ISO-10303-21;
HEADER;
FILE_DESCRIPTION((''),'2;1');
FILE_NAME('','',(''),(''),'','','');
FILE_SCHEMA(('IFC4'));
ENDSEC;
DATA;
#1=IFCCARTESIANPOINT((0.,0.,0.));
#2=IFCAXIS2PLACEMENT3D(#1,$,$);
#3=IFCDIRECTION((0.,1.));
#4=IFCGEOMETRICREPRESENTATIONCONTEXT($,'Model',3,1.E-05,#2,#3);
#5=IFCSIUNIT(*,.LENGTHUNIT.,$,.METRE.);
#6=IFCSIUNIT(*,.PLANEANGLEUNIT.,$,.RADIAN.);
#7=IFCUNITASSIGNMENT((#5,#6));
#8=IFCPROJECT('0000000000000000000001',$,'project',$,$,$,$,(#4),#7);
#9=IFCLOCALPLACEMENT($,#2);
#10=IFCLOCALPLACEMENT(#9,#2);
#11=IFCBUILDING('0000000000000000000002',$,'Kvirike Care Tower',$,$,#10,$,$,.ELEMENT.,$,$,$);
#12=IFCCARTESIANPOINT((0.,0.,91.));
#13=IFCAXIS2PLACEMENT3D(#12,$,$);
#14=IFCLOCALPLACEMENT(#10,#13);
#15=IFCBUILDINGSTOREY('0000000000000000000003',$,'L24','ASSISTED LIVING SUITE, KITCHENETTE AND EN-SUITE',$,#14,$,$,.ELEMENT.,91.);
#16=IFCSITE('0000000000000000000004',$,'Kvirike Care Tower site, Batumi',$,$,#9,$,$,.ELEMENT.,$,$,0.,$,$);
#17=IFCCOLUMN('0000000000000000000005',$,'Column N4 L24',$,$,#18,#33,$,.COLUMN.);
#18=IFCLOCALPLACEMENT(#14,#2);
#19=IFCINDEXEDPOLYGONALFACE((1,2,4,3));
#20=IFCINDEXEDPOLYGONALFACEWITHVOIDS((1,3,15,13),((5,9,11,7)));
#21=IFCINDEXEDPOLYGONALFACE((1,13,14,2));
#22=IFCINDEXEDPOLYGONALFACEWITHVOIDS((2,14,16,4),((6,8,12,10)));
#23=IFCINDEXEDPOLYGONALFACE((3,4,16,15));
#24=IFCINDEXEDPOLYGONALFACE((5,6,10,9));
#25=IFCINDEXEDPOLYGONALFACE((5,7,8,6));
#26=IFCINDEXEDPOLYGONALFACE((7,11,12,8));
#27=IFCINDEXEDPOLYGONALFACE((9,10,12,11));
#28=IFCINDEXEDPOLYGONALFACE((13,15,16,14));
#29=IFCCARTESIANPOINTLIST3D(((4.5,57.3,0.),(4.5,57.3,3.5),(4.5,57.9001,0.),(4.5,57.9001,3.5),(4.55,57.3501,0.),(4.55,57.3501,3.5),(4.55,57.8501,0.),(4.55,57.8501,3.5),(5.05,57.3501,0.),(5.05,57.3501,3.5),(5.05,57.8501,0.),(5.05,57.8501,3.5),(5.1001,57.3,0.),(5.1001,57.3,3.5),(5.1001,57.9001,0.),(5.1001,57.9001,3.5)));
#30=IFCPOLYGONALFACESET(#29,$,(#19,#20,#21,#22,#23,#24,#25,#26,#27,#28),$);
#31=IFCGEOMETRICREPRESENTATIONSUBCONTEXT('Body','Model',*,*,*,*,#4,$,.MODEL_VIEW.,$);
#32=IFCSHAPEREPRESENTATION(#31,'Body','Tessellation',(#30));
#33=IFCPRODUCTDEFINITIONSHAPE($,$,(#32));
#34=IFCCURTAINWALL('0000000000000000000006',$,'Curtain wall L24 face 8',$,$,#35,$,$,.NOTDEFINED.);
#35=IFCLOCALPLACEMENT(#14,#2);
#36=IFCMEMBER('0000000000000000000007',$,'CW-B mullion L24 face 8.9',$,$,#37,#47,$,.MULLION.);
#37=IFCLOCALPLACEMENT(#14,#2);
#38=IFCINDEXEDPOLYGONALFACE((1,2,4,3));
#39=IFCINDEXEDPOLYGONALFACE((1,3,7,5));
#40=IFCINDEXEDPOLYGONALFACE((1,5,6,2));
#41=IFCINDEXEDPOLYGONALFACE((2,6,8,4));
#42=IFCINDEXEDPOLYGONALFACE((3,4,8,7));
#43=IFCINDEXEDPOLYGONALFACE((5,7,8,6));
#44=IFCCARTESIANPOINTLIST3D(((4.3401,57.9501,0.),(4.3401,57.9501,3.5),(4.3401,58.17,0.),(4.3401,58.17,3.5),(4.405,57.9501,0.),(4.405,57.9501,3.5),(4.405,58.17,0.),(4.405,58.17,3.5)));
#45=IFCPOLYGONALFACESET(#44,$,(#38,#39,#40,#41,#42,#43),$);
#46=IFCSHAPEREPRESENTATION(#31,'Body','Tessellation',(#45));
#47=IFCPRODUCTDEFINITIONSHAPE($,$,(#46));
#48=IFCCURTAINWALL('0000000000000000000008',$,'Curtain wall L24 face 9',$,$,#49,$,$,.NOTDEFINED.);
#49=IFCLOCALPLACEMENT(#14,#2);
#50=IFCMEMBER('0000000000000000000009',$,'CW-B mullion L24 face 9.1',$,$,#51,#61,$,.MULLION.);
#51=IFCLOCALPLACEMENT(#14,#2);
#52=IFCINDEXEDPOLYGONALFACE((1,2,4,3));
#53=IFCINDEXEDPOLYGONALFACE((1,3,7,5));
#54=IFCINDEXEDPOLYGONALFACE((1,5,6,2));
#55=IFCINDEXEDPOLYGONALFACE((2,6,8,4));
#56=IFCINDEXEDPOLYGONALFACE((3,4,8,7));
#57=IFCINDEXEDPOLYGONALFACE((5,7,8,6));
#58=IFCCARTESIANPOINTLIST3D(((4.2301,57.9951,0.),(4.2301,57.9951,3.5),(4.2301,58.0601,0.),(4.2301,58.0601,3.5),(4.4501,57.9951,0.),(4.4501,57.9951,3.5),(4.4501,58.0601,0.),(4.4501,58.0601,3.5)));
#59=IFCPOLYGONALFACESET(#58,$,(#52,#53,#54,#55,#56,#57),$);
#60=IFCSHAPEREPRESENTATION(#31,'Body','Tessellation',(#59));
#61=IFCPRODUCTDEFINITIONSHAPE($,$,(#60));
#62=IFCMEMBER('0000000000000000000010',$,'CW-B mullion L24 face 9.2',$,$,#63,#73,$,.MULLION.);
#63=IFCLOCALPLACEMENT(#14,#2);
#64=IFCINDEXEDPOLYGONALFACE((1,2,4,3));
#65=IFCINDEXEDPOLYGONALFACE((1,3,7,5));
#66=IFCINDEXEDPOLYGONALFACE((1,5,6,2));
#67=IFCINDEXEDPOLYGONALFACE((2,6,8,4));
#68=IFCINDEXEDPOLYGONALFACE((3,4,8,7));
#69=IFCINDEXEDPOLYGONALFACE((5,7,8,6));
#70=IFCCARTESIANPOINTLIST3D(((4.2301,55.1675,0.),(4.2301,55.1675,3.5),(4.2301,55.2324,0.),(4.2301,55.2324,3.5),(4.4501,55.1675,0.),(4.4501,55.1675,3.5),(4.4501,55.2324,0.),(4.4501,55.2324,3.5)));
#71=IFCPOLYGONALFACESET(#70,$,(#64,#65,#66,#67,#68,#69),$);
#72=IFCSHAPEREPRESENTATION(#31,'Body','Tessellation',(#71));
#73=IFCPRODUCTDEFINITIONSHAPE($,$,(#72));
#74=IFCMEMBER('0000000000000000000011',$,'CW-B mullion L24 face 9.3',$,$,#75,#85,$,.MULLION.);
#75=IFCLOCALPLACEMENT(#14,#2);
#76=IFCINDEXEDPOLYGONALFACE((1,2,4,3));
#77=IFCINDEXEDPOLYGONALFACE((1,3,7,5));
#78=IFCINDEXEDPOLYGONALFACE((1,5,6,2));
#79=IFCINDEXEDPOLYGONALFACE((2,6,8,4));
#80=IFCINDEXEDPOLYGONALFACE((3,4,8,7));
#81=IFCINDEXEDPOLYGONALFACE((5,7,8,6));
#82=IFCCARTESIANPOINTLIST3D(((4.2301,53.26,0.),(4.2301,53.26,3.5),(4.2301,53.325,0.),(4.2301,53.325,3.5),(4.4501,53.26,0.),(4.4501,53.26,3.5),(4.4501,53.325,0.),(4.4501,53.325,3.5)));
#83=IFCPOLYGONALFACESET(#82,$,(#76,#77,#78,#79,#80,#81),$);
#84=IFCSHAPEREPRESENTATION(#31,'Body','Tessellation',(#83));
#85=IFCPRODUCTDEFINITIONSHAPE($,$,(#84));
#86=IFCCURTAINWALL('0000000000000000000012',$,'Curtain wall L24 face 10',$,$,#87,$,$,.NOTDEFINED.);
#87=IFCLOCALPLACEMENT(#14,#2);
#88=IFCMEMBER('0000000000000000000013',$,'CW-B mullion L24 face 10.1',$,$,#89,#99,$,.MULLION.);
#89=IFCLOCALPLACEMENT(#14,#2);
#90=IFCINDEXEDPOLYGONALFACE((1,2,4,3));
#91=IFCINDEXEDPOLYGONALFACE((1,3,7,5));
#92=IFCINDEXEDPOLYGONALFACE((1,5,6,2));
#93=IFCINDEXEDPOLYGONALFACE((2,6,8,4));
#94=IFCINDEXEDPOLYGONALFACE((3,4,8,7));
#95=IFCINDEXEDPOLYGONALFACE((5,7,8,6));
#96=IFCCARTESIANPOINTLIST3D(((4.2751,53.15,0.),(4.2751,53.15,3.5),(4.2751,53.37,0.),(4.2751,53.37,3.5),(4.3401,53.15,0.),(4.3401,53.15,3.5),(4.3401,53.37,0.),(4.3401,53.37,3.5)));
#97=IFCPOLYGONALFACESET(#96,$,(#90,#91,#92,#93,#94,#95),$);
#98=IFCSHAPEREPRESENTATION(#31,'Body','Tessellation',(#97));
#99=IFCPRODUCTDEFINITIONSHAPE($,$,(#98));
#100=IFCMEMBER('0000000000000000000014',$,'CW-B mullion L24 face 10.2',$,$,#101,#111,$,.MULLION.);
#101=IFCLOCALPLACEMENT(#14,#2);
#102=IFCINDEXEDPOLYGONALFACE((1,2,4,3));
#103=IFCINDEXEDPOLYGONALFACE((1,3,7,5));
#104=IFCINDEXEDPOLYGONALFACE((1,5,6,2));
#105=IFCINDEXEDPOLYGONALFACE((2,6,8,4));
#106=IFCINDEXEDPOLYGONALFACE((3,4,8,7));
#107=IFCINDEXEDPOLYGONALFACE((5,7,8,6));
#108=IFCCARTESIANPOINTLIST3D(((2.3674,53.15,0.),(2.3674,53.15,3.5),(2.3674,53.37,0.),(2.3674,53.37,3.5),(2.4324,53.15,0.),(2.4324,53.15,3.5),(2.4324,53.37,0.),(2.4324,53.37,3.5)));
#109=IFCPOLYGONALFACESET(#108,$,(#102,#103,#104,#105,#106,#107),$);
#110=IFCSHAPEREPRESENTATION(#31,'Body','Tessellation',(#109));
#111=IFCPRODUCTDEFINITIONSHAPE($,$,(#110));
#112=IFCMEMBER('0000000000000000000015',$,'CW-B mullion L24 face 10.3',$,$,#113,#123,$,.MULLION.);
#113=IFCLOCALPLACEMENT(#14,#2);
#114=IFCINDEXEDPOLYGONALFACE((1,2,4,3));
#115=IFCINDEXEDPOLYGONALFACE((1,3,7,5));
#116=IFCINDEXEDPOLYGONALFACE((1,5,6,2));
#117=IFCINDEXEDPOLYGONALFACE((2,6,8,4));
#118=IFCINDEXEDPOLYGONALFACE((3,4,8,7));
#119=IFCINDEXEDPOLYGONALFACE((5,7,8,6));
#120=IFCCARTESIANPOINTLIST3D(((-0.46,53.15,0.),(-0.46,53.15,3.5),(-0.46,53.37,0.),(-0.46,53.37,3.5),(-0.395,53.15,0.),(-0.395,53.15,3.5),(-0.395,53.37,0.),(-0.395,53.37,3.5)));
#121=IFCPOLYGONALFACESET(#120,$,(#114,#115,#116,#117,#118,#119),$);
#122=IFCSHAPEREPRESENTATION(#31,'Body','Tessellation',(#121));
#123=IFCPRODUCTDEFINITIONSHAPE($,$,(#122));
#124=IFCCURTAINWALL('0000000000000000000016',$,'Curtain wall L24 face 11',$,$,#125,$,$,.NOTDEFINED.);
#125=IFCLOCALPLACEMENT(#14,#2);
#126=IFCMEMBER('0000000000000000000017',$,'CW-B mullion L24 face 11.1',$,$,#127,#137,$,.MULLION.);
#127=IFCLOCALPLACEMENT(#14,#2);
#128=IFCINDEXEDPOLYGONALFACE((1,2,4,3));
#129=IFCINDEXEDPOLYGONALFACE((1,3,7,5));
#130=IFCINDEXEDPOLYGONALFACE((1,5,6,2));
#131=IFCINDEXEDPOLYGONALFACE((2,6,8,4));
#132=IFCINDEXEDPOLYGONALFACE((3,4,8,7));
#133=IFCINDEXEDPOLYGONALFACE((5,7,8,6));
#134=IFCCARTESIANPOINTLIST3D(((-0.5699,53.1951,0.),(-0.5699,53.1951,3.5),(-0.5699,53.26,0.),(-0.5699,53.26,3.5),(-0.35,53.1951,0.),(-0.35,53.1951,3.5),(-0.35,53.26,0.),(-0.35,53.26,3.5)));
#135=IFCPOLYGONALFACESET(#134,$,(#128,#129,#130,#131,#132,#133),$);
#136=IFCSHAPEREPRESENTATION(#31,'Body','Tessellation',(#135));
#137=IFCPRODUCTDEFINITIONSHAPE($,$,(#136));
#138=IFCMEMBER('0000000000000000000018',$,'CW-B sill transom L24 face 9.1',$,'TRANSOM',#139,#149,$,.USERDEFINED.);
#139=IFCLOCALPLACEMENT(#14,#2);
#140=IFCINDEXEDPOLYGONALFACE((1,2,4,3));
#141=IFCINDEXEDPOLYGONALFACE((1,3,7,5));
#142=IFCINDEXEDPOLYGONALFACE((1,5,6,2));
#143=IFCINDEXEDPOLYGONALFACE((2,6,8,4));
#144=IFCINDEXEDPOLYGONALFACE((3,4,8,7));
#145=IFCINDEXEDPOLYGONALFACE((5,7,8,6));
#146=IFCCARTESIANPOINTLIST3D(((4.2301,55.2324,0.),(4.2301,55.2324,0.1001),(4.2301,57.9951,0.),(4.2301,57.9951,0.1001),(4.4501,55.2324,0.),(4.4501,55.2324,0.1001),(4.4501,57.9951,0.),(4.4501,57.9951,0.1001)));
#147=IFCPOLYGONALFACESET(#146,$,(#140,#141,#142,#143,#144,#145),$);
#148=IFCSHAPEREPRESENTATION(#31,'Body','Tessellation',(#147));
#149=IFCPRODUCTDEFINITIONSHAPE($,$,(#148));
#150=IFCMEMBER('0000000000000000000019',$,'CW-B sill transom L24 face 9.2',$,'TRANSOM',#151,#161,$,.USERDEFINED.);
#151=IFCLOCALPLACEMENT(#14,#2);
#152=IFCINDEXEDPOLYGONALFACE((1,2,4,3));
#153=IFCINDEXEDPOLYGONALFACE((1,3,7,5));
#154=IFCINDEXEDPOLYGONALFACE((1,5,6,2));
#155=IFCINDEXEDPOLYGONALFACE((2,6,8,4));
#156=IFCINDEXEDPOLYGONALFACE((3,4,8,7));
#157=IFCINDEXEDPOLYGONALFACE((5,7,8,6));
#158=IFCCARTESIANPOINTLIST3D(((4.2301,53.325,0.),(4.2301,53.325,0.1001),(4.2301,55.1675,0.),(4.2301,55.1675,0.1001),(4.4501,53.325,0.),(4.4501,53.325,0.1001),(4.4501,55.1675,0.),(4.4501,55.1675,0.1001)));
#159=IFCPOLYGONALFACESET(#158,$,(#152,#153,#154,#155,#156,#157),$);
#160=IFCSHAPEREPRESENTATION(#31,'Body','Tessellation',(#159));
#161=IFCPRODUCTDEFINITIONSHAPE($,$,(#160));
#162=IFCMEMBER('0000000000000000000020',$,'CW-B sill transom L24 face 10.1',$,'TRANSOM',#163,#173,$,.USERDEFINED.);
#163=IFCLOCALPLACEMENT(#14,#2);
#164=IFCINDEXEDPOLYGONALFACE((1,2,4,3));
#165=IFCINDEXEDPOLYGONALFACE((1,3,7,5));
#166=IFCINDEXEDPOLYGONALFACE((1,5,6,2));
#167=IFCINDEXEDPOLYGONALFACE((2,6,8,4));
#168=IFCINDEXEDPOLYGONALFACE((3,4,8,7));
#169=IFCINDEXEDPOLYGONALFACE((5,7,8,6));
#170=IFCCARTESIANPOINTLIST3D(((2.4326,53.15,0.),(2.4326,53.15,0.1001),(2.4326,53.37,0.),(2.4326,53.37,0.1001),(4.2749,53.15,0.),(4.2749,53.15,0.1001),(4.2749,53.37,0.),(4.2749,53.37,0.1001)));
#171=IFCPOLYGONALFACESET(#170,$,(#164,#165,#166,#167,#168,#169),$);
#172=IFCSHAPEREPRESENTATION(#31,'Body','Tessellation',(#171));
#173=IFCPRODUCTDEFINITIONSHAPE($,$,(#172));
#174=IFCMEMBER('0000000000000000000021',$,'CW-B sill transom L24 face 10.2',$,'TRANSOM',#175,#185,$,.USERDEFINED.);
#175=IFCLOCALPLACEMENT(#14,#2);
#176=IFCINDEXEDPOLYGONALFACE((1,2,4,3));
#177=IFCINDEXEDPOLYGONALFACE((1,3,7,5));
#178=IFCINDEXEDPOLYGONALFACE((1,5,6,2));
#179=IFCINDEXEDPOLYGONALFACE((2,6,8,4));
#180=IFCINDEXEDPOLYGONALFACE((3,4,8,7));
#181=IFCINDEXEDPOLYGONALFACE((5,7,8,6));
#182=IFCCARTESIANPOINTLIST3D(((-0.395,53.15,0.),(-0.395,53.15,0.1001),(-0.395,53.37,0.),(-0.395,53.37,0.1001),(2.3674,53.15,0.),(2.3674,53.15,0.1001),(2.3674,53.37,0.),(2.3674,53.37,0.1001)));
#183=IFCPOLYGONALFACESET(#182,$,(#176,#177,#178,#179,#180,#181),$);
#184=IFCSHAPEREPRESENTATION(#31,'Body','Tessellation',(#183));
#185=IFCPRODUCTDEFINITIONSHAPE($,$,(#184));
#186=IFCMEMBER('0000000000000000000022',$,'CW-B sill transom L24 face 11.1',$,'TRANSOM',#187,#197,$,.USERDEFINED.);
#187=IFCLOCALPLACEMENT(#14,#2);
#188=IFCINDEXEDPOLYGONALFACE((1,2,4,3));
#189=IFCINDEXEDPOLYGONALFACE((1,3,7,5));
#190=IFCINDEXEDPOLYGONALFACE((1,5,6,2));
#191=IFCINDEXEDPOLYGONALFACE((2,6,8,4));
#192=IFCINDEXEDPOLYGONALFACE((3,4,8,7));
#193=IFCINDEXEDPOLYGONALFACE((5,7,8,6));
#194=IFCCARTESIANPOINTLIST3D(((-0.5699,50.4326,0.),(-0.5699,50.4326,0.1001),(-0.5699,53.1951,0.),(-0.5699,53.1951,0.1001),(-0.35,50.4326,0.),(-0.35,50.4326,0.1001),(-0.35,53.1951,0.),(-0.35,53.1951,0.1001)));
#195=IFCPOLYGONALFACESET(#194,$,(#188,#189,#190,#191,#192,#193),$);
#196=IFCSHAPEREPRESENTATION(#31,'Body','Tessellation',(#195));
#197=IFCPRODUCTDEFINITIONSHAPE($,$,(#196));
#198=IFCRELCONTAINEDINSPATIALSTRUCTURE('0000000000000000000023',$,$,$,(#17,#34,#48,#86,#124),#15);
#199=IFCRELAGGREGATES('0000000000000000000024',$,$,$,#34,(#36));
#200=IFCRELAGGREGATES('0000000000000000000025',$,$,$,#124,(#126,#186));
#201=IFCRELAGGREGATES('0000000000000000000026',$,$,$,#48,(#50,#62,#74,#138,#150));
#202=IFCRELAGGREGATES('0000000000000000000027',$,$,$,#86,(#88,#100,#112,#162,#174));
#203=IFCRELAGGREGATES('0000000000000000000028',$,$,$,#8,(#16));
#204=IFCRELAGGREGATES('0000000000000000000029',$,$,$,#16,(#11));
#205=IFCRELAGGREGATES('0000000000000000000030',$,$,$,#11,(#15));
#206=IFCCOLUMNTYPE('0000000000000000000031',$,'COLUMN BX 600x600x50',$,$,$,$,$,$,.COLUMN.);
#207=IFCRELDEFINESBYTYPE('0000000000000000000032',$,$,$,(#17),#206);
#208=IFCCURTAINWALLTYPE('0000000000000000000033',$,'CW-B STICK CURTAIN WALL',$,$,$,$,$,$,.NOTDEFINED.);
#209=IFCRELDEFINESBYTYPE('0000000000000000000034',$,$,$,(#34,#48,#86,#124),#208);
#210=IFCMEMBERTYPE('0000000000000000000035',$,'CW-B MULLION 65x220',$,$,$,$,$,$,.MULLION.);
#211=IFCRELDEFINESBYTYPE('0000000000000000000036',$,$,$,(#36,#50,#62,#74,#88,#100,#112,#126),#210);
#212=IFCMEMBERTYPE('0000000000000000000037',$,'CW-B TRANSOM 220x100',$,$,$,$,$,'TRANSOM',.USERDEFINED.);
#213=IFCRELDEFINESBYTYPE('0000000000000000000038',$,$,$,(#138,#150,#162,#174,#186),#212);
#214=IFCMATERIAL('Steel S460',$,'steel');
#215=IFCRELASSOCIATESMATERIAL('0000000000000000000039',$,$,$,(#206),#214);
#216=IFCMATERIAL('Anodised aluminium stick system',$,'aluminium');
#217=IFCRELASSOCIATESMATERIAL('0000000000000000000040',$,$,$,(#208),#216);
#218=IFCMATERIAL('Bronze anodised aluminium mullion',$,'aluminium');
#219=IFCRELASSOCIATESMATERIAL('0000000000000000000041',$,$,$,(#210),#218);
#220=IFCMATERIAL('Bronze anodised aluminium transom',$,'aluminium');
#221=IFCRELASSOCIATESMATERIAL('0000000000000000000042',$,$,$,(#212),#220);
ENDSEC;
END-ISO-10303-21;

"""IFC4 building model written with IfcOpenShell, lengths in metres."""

from ifc_helpers import new_model, si_unit, direction, frame, origin, origin_2d, place, context, subcontext, project, spatial, rectangle, hollow_rectangle, extrude, material, material_profile, profile_set, type_object, element, aggregate, save


model = new_model("IFC4")

# Units and contexts
model_context = context("Model", 3, precision=1e-05, world=origin(), true_north=direction((0.0, 1.0)))
body_context = subcontext(model_context, "Body", "Model", "MODEL_VIEW")
ifc_project = project(units=[si_unit("LENGTHUNIT", "METRE"), si_unit("PLANEANGLEUNIT", "RADIAN")], contexts=[model_context])

# Site, building, storey
site_placement = place(None, origin())
site = spatial("IfcSite", under=ifc_project, at=site_placement, Name="Kvirike Care Tower site, Batumi", CompositionType="ELEMENT", RefElevation=0.0)
building_placement = place(site_placement, origin())
building = spatial("IfcBuilding", under=site, at=building_placement, Name="Kvirike Care Tower", CompositionType="ELEMENT")
storey_placement = place(building_placement, frame((0.0, 0.0, 91.0)))
storey = spatial("IfcBuildingStorey", under=building, at=storey_placement, Name="L24", Description="ASSISTED LIVING SUITE, KITCHENETTE AND EN-SUITE", CompositionType="ELEMENT", Elevation=91.0)

# Column
ifc_material_1 = material(Name="Steel S460", Category="steel")
ifc_material_profile_1 = material_profile(ifc_material_1, hollow_rectangle(XDim=0.6001, YDim=0.6001, WallThickness=0.05, at=origin_2d()), Name="BX 600x600x50")
ifc_profile_set_1 = profile_set([ifc_material_profile_1], Name="Steel S460")
column_type = type_object("IfcColumnType", Name="COLUMN BX 600x600x50", PredefinedType="COLUMN", material=ifc_profile_set_1)
column_placement = place(storey_placement, frame((4.8, 57.6001, 0.0), z_axis=(0.0, 0.0, 1.0), x_axis=(0.0, 1.0, 0.0)))
element("IfcColumn", 1, at=column_placement, inside=storey, type_object=column_type, Name="Column N4 L24", PredefinedType="COLUMN", context=body_context, shape_type="SweptSolid", body=[
    extrude(hollow_rectangle(XDim=0.6001, YDim=0.6001, WallThickness=0.05, at=origin_2d()), origin(), (0.0, 0.0, 1.0), 3.5),
])

# Curtain wall, member
ifc_material_2 = material(Name="Anodised aluminium stick system", Category="aluminium")
curtain_wall_type = type_object("IfcCurtainWallType", Name="CW-B STICK CURTAIN WALL", PredefinedType="NOTDEFINED", material=ifc_material_2)
curtain_wall_1_placement = place(storey_placement, origin())
curtain_wall_1 = element("IfcCurtainWall", 2, at=curtain_wall_1_placement, inside=storey, type_object=curtain_wall_type, Name="Curtain wall L24 face 8", PredefinedType="NOTDEFINED")
ifc_material_3 = material(Name="Bronze anodised aluminium mullion", Category="aluminium")
ifc_material_profile_2 = material_profile(ifc_material_3, rectangle(XDim=0.0649, YDim=0.22, at=origin_2d()), Name="CW-B MULLION 65x220")
ifc_profile_set_2 = profile_set([ifc_material_profile_2], Name="Bronze anodised aluminium mullion")
member_type_1 = type_object("IfcMemberType", Name="CW-B MULLION 65x220", PredefinedType="MULLION", material=ifc_profile_set_2)
member_1_placement = place(storey_placement, frame((4.3726, 58.0601, 0.0), z_axis=(0.0, 0.0, 1.0), x_axis=(-1.0, 0.0, 0.0)))
member_1 = element("IfcMember", 3, at=member_1_placement, type_object=member_type_1, Name="CW-B mullion L24 face 8.9", PredefinedType="MULLION", context=body_context, shape_type="SweptSolid", body=[
    extrude(rectangle(XDim=0.0649, YDim=0.22, at=origin_2d()), origin(), (0.0, 0.0, 1.0), 3.5),
])
aggregate(curtain_wall_1, [member_1])

# Curtain walls, members
curtain_wall_2_placement = place(storey_placement, origin())
curtain_wall_2 = element("IfcCurtainWall", 4, at=curtain_wall_2_placement, inside=storey, type_object=curtain_wall_type, Name="Curtain wall L24 face 9", PredefinedType="NOTDEFINED")
member_2_placement = place(storey_placement, frame((4.3401, 58.0276, 0.0), z_axis=(0.0, 0.0, 1.0), x_axis=(0.0, -1.0, 0.0)))
member_2 = element("IfcMember", 5, at=member_2_placement, type_object=member_type_1, Name="CW-B mullion L24 face 9.1", PredefinedType="MULLION", context=body_context, shape_type="SweptSolid", body=[
    extrude(rectangle(XDim=0.0649, YDim=0.22, at=origin_2d()), origin(), (0.0, 0.0, 1.0), 3.5),
])
member_3_placement = place(storey_placement, frame((4.3401, 55.2, 0.0), z_axis=(0.0, 0.0, 1.0), x_axis=(0.0, -1.0, 0.0)))
member_3 = element("IfcMember", 6, at=member_3_placement, type_object=member_type_1, Name="CW-B mullion L24 face 9.2", PredefinedType="MULLION", context=body_context, shape_type="SweptSolid", body=[
    extrude(rectangle(XDim=0.0649, YDim=0.22, at=origin_2d()), origin(), (0.0, 0.0, 1.0), 3.5),
])
member_4_placement = place(storey_placement, frame((4.3401, 53.2925, 0.0), z_axis=(0.0, 0.0, 1.0), x_axis=(0.0, -1.0, 0.0)))
member_4 = element("IfcMember", 7, at=member_4_placement, type_object=member_type_1, Name="CW-B mullion L24 face 9.3", PredefinedType="MULLION", context=body_context, shape_type="SweptSolid", body=[
    extrude(rectangle(XDim=0.0649, YDim=0.22, at=origin_2d()), origin(), (0.0, 0.0, 1.0), 3.5),
])
curtain_wall_3_placement = place(storey_placement, origin())
curtain_wall_3 = element("IfcCurtainWall", 8, at=curtain_wall_3_placement, inside=storey, type_object=curtain_wall_type, Name="Curtain wall L24 face 10", PredefinedType="NOTDEFINED")
member_5_placement = place(storey_placement, frame((4.3076, 53.26, 0.0), z_axis=(0.0, 0.0, 1.0), x_axis=(-1.0, 0.0, 0.0)))
member_5 = element("IfcMember", 9, at=member_5_placement, type_object=member_type_1, Name="CW-B mullion L24 face 10.1", PredefinedType="MULLION", context=body_context, shape_type="SweptSolid", body=[
    extrude(rectangle(XDim=0.0649, YDim=0.22, at=origin_2d()), origin(), (0.0, 0.0, 1.0), 3.5),
])
member_6_placement = place(storey_placement, frame((2.3999, 53.26, 0.0), z_axis=(0.0, 0.0, 1.0), x_axis=(-1.0, 0.0, 0.0)))
member_6 = element("IfcMember", 10, at=member_6_placement, type_object=member_type_1, Name="CW-B mullion L24 face 10.2", PredefinedType="MULLION", context=body_context, shape_type="SweptSolid", body=[
    extrude(rectangle(XDim=0.0649, YDim=0.22, at=origin_2d()), origin(), (0.0, 0.0, 1.0), 3.5),
])
member_7_placement = place(storey_placement, frame((-0.4275, 53.26, 0.0), z_axis=(0.0, 0.0, 1.0), x_axis=(-1.0, 0.0, 0.0)))
member_7 = element("IfcMember", 11, at=member_7_placement, type_object=member_type_1, Name="CW-B mullion L24 face 10.3", PredefinedType="MULLION", context=body_context, shape_type="SweptSolid", body=[
    extrude(rectangle(XDim=0.0649, YDim=0.22, at=origin_2d()), origin(), (0.0, 0.0, 1.0), 3.5),
])

# Curtain wall, member
curtain_wall_4_placement = place(storey_placement, origin())
curtain_wall_4 = element("IfcCurtainWall", 12, at=curtain_wall_4_placement, inside=storey, type_object=curtain_wall_type, Name="Curtain wall L24 face 11", PredefinedType="NOTDEFINED")
member_8_placement = place(storey_placement, frame((-0.46, 53.2275, 0.0), z_axis=(0.0, 0.0, 1.0), x_axis=(0.0, -1.0, 0.0)))
member_8 = element("IfcMember", 13, at=member_8_placement, type_object=member_type_1, Name="CW-B mullion L24 face 11.1", PredefinedType="MULLION", context=body_context, shape_type="SweptSolid", body=[
    extrude(rectangle(XDim=0.0649, YDim=0.22, at=origin_2d()), origin(), (0.0, 0.0, 1.0), 3.5),
])

# Members
ifc_material_4 = material(Name="Bronze anodised aluminium transom", Category="aluminium")
ifc_material_profile_3 = material_profile(ifc_material_4, rectangle(XDim=0.22, YDim=0.1001, at=origin_2d()), Name="CW-B TRANSOM 220x100")
ifc_profile_set_3 = profile_set([ifc_material_profile_3], Name="Bronze anodised aluminium transom")
member_type_2 = type_object("IfcMemberType", Name="CW-B TRANSOM 220x100", ElementType="TRANSOM", PredefinedType="USERDEFINED", material=ifc_profile_set_3)
member_9_placement = place(storey_placement, frame((4.3401, 57.9951, 0.05), z_axis=(0.0, -1.0, 0.0), x_axis=(1.0, 0.0, 0.0)))
member_9 = element("IfcMember", 14, at=member_9_placement, type_object=member_type_2, Name="CW-B sill transom L24 face 9.1", ObjectType="TRANSOM", PredefinedType="USERDEFINED", context=body_context, shape_type="SweptSolid", body=[
    extrude(rectangle(XDim=0.22, YDim=0.1001, at=origin_2d()), origin(), (0.0, 0.0, 1.0), 2.7627),
])
member_10_placement = place(storey_placement, frame((4.3401, 55.1675, 0.05), z_axis=(0.0, -1.0, 0.0), x_axis=(1.0, 0.0, 0.0)))
member_10 = element("IfcMember", 15, at=member_10_placement, type_object=member_type_2, Name="CW-B sill transom L24 face 9.2", ObjectType="TRANSOM", PredefinedType="USERDEFINED", context=body_context, shape_type="SweptSolid", body=[
    extrude(rectangle(XDim=0.22, YDim=0.1001, at=origin_2d()), origin(), (0.0, 0.0, 1.0), 1.8425),
])
member_11_placement = place(storey_placement, frame((4.2749, 53.26, 0.05), z_axis=(-1.0, 0.0, 0.0), x_axis=(0.0, -1.0, 0.0)))
member_11 = element("IfcMember", 16, at=member_11_placement, type_object=member_type_2, Name="CW-B sill transom L24 face 10.1", ObjectType="TRANSOM", PredefinedType="USERDEFINED", context=body_context, shape_type="SweptSolid", body=[
    extrude(rectangle(XDim=0.22, YDim=0.1001, at=origin_2d()), origin(), (0.0, 0.0, 1.0), 1.8423),
])
member_12_placement = place(storey_placement, frame((2.3674, 53.26, 0.05), z_axis=(-1.0, 0.0, 0.0), x_axis=(0.0, -1.0, 0.0)))
member_12 = element("IfcMember", 17, at=member_12_placement, type_object=member_type_2, Name="CW-B sill transom L24 face 10.2", ObjectType="TRANSOM", PredefinedType="USERDEFINED", context=body_context, shape_type="SweptSolid", body=[
    extrude(rectangle(XDim=0.22, YDim=0.1001, at=origin_2d()), origin(), (0.0, 0.0, 1.0), 2.7625),
])
member_13_placement = place(storey_placement, frame((-0.46, 53.1951, 0.05), z_axis=(0.0, -1.0, 0.0), x_axis=(1.0, 0.0, 0.0)))
member_13 = element("IfcMember", 18, at=member_13_placement, type_object=member_type_2, Name="CW-B sill transom L24 face 11.1", ObjectType="TRANSOM", PredefinedType="USERDEFINED", context=body_context, shape_type="SweptSolid", body=[
    extrude(rectangle(XDim=0.22, YDim=0.1001, at=origin_2d()), origin(), (0.0, 0.0, 1.0), 2.7625),
])
aggregate(curtain_wall_4, [member_8, member_13])

aggregate(curtain_wall_2, [member_2, member_3, member_4, member_9, member_10])
aggregate(curtain_wall_3, [member_5, member_6, member_7, member_11, member_12])

save(model, "model.ifc")
